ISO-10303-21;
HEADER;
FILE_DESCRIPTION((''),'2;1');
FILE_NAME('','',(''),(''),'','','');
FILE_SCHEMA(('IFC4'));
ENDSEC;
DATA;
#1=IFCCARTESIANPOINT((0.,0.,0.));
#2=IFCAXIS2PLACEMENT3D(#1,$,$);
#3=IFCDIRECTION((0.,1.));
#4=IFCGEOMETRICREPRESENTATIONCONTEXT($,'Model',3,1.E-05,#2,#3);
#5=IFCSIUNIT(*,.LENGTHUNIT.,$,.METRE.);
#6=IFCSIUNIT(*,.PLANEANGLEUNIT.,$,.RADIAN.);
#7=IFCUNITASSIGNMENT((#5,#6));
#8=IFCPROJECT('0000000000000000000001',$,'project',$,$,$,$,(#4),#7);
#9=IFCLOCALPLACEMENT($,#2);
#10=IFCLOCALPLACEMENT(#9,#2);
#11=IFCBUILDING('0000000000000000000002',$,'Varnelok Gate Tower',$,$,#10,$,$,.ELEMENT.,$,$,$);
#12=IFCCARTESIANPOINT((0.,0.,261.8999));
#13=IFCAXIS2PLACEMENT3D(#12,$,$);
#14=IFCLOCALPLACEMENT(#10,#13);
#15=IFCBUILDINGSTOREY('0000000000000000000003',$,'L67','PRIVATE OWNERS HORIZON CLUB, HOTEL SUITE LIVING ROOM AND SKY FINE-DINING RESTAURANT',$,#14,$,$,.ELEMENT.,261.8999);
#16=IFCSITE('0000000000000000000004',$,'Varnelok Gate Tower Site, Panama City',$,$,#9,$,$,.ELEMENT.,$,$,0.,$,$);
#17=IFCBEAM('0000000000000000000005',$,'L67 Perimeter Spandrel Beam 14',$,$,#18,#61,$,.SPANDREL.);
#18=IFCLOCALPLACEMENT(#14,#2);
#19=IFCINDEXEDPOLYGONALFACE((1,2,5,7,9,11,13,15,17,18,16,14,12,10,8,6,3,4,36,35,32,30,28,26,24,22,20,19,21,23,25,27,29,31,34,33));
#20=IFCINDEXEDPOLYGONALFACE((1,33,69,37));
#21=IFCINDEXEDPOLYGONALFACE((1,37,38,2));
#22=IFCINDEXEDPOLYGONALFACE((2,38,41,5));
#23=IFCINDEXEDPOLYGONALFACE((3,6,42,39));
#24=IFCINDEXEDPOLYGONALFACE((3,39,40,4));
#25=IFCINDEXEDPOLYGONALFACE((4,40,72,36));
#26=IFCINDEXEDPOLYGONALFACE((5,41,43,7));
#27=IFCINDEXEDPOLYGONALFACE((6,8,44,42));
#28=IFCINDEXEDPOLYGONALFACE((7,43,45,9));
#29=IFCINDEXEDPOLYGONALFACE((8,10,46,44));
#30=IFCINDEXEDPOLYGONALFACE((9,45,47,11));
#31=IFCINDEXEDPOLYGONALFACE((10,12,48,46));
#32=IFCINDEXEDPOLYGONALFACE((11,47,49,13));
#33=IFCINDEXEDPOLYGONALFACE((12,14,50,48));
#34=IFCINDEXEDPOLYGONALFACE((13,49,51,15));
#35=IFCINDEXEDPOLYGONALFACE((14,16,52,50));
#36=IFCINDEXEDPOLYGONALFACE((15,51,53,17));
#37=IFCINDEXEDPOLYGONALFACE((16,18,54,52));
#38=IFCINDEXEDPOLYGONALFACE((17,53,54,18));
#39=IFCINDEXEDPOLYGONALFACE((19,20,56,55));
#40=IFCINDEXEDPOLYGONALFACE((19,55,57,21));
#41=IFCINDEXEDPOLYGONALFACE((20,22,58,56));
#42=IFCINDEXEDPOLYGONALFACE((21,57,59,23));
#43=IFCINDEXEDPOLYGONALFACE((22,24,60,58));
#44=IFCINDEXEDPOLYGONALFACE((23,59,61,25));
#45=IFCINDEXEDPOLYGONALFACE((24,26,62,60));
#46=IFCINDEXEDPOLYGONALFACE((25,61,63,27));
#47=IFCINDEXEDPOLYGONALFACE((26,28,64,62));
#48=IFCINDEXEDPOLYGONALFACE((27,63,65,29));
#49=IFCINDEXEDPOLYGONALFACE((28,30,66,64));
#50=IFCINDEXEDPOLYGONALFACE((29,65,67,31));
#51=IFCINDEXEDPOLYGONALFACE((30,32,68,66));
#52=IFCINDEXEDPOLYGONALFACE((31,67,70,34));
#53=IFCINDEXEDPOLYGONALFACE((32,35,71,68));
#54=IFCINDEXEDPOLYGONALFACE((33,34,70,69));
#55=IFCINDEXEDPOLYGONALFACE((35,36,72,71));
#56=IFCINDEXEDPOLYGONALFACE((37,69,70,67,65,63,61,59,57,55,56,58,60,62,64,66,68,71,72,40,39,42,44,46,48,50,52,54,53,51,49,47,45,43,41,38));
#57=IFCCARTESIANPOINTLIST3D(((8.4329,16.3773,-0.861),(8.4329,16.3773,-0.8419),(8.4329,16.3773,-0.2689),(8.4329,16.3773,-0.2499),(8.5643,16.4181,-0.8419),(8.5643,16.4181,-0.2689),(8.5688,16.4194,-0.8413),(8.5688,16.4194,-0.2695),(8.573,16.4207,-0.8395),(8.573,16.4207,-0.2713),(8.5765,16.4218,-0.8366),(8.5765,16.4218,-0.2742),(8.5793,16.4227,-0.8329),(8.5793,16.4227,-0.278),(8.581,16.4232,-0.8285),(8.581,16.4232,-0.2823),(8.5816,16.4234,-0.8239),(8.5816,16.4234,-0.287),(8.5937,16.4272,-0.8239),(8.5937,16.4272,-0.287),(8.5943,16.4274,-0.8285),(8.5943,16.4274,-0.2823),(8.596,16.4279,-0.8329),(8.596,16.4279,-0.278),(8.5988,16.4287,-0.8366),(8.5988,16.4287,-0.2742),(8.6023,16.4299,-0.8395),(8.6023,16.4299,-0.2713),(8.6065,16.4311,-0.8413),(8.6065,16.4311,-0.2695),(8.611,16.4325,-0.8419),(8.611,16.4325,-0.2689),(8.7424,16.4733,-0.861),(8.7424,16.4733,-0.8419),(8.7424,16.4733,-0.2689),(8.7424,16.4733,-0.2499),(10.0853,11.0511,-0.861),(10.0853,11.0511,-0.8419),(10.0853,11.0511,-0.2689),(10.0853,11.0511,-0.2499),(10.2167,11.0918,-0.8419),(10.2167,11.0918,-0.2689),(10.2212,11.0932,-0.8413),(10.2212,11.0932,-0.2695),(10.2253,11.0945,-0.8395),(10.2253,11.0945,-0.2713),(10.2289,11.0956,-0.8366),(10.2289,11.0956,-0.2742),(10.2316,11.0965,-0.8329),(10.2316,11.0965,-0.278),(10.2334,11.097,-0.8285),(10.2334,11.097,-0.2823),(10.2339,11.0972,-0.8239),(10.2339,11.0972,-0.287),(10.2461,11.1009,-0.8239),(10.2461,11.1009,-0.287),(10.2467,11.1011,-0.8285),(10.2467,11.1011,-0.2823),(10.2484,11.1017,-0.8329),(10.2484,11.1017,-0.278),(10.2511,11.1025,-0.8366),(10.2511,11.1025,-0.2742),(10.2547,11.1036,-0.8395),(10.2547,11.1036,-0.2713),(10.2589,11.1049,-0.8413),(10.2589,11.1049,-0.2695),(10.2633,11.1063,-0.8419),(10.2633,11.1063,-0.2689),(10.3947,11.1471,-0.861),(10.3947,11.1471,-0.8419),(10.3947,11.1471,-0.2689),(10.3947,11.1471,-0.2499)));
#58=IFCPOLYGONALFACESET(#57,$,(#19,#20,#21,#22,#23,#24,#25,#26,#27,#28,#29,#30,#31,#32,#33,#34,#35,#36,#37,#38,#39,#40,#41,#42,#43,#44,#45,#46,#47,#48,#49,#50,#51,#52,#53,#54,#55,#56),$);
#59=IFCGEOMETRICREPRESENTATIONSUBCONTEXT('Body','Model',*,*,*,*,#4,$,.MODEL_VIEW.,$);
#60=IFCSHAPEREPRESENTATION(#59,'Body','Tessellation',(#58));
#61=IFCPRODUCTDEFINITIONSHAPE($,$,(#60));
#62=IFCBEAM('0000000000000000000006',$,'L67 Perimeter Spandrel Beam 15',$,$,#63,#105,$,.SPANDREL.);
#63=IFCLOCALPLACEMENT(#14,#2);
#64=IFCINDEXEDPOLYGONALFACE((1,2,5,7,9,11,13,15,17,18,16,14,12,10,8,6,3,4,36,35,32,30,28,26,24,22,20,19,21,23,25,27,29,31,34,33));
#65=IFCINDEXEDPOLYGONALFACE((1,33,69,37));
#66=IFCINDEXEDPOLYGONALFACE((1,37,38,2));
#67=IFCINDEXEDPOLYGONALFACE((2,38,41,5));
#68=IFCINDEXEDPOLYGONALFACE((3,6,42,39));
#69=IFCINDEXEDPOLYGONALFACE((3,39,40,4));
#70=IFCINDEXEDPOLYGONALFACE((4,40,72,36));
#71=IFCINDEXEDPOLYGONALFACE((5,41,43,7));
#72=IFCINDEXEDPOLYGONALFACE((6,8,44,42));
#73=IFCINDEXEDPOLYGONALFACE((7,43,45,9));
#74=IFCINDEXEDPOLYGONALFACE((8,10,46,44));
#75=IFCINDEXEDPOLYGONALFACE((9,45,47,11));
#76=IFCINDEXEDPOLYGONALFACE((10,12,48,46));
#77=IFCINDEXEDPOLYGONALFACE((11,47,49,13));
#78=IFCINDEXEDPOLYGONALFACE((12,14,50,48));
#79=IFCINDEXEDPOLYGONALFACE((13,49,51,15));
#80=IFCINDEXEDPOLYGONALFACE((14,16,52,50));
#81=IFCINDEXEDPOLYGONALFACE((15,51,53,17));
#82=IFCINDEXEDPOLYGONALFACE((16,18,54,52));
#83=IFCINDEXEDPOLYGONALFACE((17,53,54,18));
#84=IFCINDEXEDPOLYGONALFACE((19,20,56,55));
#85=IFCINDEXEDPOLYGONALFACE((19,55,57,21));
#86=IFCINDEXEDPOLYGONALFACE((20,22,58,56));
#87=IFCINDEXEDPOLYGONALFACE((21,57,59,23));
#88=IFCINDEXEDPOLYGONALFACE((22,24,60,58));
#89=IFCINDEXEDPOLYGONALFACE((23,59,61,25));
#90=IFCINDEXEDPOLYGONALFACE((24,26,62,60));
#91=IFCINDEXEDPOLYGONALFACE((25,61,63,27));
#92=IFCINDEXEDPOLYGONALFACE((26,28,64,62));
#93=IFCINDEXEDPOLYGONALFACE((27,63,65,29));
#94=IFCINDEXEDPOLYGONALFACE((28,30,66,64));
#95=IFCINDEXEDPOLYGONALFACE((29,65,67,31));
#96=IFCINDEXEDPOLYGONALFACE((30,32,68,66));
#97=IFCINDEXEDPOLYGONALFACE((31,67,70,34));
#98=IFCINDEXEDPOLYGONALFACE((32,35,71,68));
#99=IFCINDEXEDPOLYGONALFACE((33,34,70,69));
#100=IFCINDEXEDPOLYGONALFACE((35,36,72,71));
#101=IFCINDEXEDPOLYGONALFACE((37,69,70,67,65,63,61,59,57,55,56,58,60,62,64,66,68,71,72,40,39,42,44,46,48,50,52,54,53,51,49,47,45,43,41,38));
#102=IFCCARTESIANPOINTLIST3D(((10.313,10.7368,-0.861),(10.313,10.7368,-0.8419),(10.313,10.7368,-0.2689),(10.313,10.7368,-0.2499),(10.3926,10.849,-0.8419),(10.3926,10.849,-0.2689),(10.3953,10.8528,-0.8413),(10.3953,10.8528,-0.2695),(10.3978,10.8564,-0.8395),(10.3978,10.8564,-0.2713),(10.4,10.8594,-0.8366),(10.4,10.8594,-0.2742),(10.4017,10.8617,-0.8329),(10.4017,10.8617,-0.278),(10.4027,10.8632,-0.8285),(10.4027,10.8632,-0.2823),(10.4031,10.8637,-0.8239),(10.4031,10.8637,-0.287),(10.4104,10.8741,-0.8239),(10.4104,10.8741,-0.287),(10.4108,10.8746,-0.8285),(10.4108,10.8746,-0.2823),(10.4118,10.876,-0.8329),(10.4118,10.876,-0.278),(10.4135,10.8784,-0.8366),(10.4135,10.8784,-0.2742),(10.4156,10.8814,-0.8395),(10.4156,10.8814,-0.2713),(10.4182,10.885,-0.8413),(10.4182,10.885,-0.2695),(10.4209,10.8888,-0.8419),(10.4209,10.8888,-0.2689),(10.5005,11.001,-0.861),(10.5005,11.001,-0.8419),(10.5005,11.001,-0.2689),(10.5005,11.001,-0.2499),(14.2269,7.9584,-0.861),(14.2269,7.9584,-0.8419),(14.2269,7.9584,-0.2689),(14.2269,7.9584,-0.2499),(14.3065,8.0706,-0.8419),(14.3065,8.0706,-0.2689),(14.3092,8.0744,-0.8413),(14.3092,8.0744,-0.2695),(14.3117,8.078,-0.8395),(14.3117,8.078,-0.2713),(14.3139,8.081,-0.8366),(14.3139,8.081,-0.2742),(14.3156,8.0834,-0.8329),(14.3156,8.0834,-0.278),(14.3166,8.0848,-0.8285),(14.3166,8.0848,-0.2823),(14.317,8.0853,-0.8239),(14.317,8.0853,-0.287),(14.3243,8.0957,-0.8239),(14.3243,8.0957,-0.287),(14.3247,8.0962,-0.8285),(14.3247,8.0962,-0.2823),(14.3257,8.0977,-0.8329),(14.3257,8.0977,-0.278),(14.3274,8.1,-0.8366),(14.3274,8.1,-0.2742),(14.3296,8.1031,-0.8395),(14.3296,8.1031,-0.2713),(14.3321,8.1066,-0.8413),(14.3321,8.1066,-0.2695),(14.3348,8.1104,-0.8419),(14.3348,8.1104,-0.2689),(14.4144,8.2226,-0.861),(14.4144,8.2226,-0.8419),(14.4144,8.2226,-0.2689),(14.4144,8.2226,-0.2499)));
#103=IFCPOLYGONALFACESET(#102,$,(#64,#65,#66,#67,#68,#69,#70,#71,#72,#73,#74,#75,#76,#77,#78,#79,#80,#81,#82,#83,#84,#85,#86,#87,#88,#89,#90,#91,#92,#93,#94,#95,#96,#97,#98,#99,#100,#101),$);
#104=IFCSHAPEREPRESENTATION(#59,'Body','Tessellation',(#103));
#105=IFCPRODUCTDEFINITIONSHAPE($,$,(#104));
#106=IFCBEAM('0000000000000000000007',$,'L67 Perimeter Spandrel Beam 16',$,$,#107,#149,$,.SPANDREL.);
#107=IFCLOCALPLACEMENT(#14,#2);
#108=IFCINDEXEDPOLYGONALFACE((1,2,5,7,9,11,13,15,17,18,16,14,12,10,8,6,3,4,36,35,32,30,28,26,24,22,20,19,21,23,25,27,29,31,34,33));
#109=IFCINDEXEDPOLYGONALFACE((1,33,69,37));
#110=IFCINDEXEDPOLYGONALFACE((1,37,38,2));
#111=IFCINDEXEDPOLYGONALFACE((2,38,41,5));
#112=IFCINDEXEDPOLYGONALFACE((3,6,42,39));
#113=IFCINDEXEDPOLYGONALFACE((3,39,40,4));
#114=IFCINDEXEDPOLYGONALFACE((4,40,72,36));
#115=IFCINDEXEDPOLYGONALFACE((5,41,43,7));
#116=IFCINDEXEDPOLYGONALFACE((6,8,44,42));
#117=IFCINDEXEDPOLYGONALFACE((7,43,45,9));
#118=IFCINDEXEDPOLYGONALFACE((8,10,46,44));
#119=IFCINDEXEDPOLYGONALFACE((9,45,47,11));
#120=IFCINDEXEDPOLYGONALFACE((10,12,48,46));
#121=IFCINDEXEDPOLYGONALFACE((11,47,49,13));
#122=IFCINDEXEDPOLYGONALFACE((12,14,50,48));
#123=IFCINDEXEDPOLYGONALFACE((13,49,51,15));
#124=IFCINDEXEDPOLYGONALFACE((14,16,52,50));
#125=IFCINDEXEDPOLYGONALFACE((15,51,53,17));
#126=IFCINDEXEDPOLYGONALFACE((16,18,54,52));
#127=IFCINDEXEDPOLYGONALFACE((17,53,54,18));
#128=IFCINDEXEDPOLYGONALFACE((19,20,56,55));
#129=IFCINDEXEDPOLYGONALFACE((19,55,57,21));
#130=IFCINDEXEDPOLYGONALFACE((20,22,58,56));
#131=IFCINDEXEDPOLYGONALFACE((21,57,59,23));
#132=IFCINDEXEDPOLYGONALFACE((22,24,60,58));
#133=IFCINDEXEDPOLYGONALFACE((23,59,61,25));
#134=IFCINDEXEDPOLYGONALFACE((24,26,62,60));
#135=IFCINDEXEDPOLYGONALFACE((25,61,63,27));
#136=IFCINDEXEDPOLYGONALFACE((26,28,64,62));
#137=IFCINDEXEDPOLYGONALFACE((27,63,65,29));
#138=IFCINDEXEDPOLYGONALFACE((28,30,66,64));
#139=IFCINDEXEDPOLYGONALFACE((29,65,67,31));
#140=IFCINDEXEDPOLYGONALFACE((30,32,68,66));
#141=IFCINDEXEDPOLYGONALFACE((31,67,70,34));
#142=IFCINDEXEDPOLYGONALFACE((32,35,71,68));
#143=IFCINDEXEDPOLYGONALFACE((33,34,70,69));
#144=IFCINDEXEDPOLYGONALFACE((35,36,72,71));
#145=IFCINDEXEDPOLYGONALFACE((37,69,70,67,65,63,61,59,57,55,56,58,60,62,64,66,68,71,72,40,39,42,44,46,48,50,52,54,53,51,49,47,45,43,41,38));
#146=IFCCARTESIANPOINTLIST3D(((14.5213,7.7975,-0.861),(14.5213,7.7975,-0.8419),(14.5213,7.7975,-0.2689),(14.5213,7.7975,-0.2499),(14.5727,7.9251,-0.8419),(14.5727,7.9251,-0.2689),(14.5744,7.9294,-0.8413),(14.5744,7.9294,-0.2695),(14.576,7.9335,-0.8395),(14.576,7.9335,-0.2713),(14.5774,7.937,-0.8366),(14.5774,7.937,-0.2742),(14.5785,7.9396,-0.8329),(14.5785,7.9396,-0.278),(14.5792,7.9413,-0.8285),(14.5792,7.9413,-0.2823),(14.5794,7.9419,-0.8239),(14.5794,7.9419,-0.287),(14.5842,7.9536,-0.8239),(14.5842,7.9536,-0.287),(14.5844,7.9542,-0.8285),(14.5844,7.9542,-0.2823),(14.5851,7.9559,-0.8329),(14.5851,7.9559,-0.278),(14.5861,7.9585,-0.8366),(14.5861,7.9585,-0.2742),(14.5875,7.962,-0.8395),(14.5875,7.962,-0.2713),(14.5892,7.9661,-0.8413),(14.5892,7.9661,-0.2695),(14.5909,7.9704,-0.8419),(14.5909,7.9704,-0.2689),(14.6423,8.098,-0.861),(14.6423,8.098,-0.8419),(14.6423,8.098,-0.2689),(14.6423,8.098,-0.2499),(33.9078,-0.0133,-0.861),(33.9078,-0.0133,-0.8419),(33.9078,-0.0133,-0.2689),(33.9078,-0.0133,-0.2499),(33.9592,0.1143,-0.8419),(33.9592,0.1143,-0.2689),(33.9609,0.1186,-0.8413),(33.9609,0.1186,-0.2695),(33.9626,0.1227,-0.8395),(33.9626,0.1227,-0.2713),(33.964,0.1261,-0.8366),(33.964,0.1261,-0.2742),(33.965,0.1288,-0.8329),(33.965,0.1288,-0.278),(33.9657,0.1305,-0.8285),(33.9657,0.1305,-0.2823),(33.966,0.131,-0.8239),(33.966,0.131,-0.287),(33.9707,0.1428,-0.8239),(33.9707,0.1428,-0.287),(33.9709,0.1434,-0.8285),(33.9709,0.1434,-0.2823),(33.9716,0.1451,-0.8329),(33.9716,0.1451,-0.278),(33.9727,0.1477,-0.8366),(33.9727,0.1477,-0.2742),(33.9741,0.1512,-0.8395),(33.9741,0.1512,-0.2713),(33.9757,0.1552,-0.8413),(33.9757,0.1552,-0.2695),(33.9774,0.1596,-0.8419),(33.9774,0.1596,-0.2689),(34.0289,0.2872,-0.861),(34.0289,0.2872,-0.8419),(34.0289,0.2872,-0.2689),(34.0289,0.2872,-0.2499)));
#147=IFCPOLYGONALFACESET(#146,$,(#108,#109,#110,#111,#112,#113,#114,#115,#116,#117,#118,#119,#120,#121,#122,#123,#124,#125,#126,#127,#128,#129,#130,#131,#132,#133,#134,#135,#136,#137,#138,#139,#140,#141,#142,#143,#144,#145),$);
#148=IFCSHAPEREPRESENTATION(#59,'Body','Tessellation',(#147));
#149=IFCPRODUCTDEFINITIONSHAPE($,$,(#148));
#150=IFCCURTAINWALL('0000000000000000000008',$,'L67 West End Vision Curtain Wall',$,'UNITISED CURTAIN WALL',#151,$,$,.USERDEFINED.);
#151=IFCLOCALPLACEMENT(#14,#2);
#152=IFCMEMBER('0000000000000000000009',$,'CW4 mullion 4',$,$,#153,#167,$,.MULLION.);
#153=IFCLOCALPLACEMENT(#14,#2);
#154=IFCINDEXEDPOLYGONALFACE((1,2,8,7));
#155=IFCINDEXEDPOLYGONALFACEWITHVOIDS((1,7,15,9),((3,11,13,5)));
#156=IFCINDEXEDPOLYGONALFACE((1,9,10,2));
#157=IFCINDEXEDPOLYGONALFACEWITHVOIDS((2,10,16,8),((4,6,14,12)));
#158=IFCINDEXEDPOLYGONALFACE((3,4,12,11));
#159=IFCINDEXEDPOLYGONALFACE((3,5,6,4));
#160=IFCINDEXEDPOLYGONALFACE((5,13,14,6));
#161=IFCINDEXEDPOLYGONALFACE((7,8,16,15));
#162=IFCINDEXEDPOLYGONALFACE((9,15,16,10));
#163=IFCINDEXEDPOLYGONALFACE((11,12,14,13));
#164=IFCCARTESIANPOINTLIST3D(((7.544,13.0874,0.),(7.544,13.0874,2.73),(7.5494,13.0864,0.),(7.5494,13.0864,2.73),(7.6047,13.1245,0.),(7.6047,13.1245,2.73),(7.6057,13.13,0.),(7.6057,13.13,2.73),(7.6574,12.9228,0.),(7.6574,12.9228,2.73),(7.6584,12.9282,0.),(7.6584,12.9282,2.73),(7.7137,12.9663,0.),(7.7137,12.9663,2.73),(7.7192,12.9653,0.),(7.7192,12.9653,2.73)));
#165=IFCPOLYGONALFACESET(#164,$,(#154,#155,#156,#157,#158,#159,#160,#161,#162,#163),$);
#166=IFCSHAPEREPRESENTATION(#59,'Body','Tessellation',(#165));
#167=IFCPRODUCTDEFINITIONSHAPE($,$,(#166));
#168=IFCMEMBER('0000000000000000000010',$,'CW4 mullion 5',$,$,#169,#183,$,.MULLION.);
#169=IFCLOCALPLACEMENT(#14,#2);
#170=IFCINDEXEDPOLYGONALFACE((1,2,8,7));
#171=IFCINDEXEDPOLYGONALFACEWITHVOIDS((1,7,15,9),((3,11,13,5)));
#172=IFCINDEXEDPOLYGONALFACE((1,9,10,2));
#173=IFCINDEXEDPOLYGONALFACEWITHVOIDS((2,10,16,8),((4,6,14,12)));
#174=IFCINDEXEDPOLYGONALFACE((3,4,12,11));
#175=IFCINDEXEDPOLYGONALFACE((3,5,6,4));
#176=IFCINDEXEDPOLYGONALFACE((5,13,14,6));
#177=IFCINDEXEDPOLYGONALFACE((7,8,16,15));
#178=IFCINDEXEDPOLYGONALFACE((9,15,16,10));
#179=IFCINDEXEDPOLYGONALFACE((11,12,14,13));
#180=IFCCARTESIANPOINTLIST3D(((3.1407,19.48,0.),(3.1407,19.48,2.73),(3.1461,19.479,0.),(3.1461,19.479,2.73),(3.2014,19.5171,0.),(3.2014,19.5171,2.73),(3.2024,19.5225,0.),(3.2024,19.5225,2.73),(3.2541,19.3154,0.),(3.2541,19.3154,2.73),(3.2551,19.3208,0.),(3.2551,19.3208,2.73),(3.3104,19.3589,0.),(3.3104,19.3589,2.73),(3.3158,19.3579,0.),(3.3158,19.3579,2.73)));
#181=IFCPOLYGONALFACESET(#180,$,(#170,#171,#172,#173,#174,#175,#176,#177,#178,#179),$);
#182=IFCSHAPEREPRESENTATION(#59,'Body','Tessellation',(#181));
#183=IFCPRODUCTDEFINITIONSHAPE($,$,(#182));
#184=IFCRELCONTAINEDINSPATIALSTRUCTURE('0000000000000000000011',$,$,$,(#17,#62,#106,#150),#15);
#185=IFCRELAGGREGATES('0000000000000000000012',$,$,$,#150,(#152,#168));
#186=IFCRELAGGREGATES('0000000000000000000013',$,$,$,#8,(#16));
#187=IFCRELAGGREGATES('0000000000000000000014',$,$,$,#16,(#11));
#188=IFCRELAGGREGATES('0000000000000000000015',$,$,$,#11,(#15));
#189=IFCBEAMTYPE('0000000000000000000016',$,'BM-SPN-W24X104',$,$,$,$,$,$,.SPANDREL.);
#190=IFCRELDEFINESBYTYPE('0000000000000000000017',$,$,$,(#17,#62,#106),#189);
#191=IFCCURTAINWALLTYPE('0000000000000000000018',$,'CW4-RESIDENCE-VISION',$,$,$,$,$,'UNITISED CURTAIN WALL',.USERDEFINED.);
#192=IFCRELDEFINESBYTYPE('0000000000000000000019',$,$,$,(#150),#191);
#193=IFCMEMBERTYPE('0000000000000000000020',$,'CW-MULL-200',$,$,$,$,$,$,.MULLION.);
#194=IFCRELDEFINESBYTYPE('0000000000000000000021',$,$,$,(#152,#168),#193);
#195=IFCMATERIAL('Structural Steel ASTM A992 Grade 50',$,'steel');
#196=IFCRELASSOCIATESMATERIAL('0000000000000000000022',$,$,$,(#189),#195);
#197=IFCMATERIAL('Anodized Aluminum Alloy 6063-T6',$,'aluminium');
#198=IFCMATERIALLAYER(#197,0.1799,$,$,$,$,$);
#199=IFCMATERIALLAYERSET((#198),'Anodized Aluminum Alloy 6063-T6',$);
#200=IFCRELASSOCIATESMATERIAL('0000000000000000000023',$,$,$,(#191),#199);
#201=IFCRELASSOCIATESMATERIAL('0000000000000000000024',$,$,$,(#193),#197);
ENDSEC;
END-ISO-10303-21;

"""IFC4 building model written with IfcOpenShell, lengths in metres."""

from ifc_helpers import new_model, si_unit, direction, frame, origin, origin_2d, place, context, subcontext, project, spatial, hollow_rectangle, i_section, extrude, material, layer, layer_set, material_profile, profile_set, type_object, element, aggregate, save


model = new_model("IFC4")

# Units and contexts
model_context = context("Model", 3, precision=1e-05, world=origin(), true_north=direction((0.0, 1.0)))
body_context = subcontext(model_context, "Body", "Model", "MODEL_VIEW")
ifc_project = project(units=[si_unit("LENGTHUNIT", "METRE"), si_unit("PLANEANGLEUNIT", "RADIAN")], contexts=[model_context])

# Site, building, storey
site_placement = place(None, origin())
site = spatial("IfcSite", under=ifc_project, at=site_placement, Name="Varnelok Gate Tower Site, Panama City", CompositionType="ELEMENT", RefElevation=0.0)
building_placement = place(site_placement, origin())
building = spatial("IfcBuilding", under=site, at=building_placement, Name="Varnelok Gate Tower", CompositionType="ELEMENT")
storey_placement = place(building_placement, frame((0.0, 0.0, 261.8999)))
storey = spatial("IfcBuildingStorey", under=building, at=storey_placement, Name="L67", Description="PRIVATE OWNERS HORIZON CLUB, HOTEL SUITE LIVING ROOM AND SKY FINE-DINING RESTAURANT", CompositionType="ELEMENT", Elevation=261.8999)

# Shared definitions
ifc_material_1 = material(Name="Structural Steel ASTM A992 Grade 50", Category="steel")

# Beams
ifc_material_profile_1 = material_profile(ifc_material_1, i_section(OverallWidth=0.324, OverallDepth=0.6111, WebThickness=0.0127, FlangeThickness=0.019, FilletRadius=0.0181, at=origin_2d()), Name="W24X104")
ifc_profile_set_1 = profile_set([ifc_material_profile_1], Name="Structural Steel ASTM A992 Grade 50")
beam_type_1 = type_object("IfcBeamType", Name="BM-SPN-W24X104", PredefinedType="SPANDREL", material=ifc_profile_set_1)
beam_1_placement = place(storey_placement, frame((8.5876, 16.4253, -0.5554), z_axis=(0.2963, -0.955095, 0.0), x_axis=(0.955095, 0.2963, 0.0)))
element("IfcBeam", 1, at=beam_1_placement, inside=storey, type_object=beam_type_1, Name="L67 Perimeter Spandrel Beam 14", PredefinedType="SPANDREL", context=body_context, shape_type="SweptSolid", body=[
    extrude(i_section(OverallWidth=0.324, OverallDepth=0.6111, WebThickness=0.0127, FlangeThickness=0.019, FilletRadius=0.0181, at=origin_2d()), origin(), (0.0, 0.0, 1.0), 5.5767),
])
beam_2_placement = place(storey_placement, frame((10.4067, 10.8689, -0.5554), z_axis=(0.815431, -0.578854, 0.0), x_axis=(0.578854, 0.815431, 0.0)))
element("IfcBeam", 2, at=beam_2_placement, inside=storey, type_object=beam_type_1, Name="L67 Perimeter Spandrel Beam 15", PredefinedType="SPANDREL", context=body_context, shape_type="SweptSolid", body=[
    extrude(i_section(OverallWidth=0.324, OverallDepth=0.6111, WebThickness=0.0127, FlangeThickness=0.019, FilletRadius=0.0181, at=origin_2d()), origin(), (0.0, 0.0, 1.0), 4.7998),
])
beam_3_placement = place(storey_placement, frame((14.5818, 7.9478, -0.5554), z_axis=(0.927547, -0.373708, 0.0), x_axis=(0.373708, 0.927547, 0.0)))
element("IfcBeam", 3, at=beam_3_placement, inside=storey, type_object=beam_type_1, Name="L67 Perimeter Spandrel Beam 16", PredefinedType="SPANDREL", context=body_context, shape_type="SweptSolid", body=[
    extrude(i_section(OverallWidth=0.324, OverallDepth=0.6111, WebThickness=0.0127, FlangeThickness=0.019, FilletRadius=0.0181, at=origin_2d()), origin(), (0.0, 0.0, 1.0), 20.9009),
])

# Curtain wall, members
ifc_material_2 = material(Name="Anodized Aluminum Alloy 6063-T6", Category="aluminium")
ifc_layer_1 = layer(ifc_material_2, 0.1799)
ifc_layer_set_1 = layer_set([ifc_layer_1], Name="Anodized Aluminum Alloy 6063-T6")
curtain_wall_type = type_object("IfcCurtainWallType", Name="CW4-RESIDENCE-VISION", ElementType="UNITISED CURTAIN WALL", PredefinedType="USERDEFINED", material=ifc_layer_set_1)
curtain_wall_placement = place(storey_placement, origin())
curtain_wall = element("IfcCurtainWall", 4, at=curtain_wall_placement, inside=storey, type_object=curtain_wall_type, Name="L67 West End Vision Curtain Wall", ObjectType="UNITISED CURTAIN WALL", PredefinedType="USERDEFINED")
ifc_material_profile_2 = material_profile(ifc_material_2, hollow_rectangle(XDim=0.075, YDim=0.2, WallThickness=0.0039, at=origin_2d()), Name="ALU200X75X4")
ifc_profile_set_2 = profile_set([ifc_material_profile_2], Name="Anodized Aluminum Alloy 6063-T6")
member_type_1 = type_object("IfcMemberType", Name="CW-MULL-200", PredefinedType="MULLION", material=ifc_profile_set_2)
member_1_placement = place(storey_placement, frame((7.6316, 13.0264, 0.0), z_axis=(0.0, 0.0, 1.0), x_axis=(-0.823532, -0.567269, 0.0)))
member_1 = element("IfcMember", 5, at=member_1_placement, type_object=member_type_1, Name="CW4 mullion 4", PredefinedType="MULLION", context=body_context, shape_type="SweptSolid", body=[
    extrude(hollow_rectangle(XDim=0.075, YDim=0.2, WallThickness=0.0039, at=origin_2d()), origin(), (0.0, 0.0, 1.0), 2.73),
])
member_2_placement = place(storey_placement, frame((3.2283, 19.4189, 0.0), z_axis=(0.0, 0.0, 1.0), x_axis=(-0.823532, -0.567269, 0.0)))
member_2 = element("IfcMember", 6, at=member_2_placement, type_object=member_type_1, Name="CW4 mullion 5", PredefinedType="MULLION", context=body_context, shape_type="SweptSolid", body=[
    extrude(hollow_rectangle(XDim=0.075, YDim=0.2, WallThickness=0.0039, at=origin_2d()), origin(), (0.0, 0.0, 1.0), 2.73),
])
aggregate(curtain_wall, [member_1, member_2])

save(model, "model.ifc")
